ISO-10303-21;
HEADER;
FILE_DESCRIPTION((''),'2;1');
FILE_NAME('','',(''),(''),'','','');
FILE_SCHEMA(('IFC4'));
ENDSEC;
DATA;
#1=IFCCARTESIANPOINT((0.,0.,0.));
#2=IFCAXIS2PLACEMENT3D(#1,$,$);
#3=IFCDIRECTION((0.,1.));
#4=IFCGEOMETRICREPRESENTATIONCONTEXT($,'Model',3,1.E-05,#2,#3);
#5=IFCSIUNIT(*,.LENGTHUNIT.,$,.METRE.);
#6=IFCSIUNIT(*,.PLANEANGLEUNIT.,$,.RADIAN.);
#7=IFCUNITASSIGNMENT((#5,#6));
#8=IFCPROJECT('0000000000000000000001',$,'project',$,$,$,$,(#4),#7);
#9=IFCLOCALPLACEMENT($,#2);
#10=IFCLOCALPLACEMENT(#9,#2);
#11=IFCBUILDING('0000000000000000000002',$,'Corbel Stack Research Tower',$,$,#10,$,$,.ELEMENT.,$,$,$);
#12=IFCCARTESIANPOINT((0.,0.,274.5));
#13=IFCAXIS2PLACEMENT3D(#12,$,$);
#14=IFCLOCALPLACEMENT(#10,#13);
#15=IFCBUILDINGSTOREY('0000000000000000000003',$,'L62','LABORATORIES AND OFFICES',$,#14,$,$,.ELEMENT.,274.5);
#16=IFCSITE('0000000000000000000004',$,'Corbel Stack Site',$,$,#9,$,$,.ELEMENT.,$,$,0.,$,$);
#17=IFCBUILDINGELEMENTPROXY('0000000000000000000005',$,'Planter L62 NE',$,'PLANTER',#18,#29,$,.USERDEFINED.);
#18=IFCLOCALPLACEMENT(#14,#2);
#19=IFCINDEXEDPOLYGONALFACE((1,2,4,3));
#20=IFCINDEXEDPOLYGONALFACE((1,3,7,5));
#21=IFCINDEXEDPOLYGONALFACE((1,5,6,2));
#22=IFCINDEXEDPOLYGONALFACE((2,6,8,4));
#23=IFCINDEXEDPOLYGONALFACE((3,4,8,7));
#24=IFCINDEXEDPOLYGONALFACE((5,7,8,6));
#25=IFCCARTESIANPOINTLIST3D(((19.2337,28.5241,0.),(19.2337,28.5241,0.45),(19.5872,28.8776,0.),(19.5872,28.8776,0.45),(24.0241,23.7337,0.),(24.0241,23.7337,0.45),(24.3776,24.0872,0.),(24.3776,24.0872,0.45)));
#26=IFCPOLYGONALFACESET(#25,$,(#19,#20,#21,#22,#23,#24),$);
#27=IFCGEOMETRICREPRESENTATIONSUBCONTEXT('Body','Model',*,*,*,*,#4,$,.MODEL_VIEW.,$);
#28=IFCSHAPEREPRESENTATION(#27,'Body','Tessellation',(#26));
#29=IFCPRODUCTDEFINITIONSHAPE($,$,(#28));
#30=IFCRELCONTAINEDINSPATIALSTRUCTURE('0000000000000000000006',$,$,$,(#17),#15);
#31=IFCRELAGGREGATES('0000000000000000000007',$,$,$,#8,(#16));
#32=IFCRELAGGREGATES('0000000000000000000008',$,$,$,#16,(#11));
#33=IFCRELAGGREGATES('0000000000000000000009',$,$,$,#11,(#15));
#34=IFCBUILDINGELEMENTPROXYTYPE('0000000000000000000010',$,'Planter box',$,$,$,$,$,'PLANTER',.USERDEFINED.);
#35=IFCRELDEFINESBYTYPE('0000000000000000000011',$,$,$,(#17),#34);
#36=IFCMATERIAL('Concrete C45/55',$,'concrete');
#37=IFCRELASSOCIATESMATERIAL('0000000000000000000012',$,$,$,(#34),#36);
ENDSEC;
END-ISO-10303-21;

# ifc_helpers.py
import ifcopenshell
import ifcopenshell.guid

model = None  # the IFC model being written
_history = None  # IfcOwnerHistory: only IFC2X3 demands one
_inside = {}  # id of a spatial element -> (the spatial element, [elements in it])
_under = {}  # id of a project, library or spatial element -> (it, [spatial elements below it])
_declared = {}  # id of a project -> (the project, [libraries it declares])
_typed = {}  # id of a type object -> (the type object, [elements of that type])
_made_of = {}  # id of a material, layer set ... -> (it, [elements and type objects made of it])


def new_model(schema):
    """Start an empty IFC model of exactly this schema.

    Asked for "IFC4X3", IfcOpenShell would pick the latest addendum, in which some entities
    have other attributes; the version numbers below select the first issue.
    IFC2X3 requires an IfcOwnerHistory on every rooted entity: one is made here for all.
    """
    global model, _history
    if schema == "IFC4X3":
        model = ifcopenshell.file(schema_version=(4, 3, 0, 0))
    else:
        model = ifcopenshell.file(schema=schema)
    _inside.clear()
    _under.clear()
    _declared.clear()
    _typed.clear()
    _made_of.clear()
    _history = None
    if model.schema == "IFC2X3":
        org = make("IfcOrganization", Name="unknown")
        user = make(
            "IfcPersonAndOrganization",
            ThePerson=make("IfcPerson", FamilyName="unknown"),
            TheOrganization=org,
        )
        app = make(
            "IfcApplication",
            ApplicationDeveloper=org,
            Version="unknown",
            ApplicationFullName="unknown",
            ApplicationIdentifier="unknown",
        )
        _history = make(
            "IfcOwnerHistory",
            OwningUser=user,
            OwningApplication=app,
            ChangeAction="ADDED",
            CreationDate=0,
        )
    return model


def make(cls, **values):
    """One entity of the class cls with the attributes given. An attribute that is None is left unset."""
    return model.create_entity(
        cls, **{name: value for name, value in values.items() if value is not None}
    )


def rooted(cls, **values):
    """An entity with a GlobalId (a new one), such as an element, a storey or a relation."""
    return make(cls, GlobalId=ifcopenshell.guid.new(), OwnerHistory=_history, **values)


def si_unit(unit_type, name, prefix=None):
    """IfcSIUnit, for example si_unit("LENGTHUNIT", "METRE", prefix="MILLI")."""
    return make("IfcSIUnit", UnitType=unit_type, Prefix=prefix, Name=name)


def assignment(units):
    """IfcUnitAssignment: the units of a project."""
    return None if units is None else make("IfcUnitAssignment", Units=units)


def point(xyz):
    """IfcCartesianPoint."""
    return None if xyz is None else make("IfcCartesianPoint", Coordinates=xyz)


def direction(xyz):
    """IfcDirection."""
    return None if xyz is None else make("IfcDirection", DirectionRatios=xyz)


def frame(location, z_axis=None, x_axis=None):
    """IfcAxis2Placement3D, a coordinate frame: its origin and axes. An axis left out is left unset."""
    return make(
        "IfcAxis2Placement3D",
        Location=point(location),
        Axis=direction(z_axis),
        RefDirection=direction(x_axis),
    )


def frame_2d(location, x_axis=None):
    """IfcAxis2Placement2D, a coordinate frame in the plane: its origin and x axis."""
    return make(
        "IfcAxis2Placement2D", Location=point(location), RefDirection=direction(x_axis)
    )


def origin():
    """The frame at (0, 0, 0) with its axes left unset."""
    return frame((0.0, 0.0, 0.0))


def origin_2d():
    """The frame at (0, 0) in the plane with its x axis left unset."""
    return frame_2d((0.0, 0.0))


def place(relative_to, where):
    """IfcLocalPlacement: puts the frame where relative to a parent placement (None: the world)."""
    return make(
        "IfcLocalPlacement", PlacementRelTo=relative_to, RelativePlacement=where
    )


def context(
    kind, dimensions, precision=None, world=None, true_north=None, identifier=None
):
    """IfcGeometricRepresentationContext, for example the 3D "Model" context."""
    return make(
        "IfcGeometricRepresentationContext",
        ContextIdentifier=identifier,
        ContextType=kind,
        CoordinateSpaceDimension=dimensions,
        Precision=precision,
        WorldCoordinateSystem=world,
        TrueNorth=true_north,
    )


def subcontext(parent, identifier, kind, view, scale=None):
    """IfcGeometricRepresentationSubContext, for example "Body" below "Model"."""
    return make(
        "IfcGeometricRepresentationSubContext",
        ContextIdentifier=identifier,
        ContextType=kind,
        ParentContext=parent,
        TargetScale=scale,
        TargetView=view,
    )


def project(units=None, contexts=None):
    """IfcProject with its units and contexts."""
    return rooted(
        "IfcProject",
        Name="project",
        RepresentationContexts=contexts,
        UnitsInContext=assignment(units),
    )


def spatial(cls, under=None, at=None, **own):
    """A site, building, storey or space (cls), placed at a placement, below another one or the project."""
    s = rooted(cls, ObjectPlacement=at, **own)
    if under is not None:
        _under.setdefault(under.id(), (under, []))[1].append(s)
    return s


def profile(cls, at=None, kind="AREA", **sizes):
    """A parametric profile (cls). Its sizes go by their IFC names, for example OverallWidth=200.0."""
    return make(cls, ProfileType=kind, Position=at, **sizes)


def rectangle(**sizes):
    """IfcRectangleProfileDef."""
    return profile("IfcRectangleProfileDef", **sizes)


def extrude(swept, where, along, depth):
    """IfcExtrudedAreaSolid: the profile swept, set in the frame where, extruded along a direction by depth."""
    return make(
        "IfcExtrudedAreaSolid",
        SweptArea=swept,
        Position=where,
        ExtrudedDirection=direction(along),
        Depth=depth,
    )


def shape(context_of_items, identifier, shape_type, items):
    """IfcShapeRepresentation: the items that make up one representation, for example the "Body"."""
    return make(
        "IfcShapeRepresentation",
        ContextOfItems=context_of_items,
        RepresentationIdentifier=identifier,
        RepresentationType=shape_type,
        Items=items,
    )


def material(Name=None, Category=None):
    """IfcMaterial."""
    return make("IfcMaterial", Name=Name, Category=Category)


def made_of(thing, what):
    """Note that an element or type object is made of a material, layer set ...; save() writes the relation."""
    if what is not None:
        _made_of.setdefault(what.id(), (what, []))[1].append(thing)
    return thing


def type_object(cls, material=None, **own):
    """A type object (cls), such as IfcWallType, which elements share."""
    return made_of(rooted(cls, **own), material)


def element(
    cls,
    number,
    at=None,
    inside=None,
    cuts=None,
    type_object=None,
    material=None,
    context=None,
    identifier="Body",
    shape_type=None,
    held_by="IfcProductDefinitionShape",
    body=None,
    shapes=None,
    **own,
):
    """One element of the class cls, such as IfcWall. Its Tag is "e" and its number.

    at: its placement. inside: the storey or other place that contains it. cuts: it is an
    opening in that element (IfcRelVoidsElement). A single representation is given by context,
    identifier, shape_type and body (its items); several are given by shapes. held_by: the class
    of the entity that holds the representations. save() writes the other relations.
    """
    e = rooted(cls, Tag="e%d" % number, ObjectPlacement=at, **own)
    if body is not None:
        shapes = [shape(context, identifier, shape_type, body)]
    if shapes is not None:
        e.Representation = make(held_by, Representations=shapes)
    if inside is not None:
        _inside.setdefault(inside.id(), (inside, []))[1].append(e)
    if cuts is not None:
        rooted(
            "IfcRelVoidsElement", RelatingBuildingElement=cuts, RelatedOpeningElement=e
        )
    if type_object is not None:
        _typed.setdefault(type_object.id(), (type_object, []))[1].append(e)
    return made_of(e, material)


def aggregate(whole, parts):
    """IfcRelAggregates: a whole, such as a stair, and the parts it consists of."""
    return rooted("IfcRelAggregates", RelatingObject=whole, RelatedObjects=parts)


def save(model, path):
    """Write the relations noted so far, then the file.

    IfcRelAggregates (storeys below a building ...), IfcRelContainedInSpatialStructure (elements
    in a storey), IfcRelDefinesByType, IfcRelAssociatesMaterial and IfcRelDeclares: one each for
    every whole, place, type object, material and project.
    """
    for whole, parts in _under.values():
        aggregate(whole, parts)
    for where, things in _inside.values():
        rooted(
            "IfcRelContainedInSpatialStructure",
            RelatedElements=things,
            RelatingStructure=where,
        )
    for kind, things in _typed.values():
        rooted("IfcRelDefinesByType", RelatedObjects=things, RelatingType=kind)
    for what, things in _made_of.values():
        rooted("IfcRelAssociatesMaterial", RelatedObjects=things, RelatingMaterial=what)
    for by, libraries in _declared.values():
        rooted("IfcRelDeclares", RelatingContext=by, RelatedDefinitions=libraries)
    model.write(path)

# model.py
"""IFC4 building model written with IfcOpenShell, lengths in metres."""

from ifc_helpers import new_model, si_unit, direction, frame, origin, origin_2d, place, context, subcontext, project, spatial, rectangle, extrude, material, type_object, element, save


model = new_model("IFC4")

# Units and contexts
model_context = context("Model", 3, precision=1e-05, world=origin(), true_north=direction((0.0, 1.0)))
body_context = subcontext(model_context, "Body", "Model", "MODEL_VIEW")
ifc_project = project(units=[si_unit("LENGTHUNIT", "METRE"), si_unit("PLANEANGLEUNIT", "RADIAN")], contexts=[model_context])

# Site, building, storey
site_placement = place(None, origin())
site = spatial("IfcSite", under=ifc_project, at=site_placement, Name="Corbel Stack Site", CompositionType="ELEMENT", RefElevation=0.0)
building_placement = place(site_placement, origin())
building = spatial("IfcBuilding", under=site, at=building_placement, Name="Corbel Stack Research Tower", CompositionType="ELEMENT")
storey_placement = place(building_placement, frame((0.0, 0.0, 274.5)))
storey = spatial("IfcBuildingStorey", under=building, at=storey_placement, Name="L62", Description="LABORATORIES AND OFFICES", CompositionType="ELEMENT", Elevation=274.5)

# Building element proxy
ifc_material_1 = material(Name="Concrete C45/55", Category="concrete")
building_element_proxy_type = type_object("IfcBuildingElementProxyType", Name="Planter box", ElementType="PLANTER", PredefinedType="USERDEFINED", material=ifc_material_1)
proxy_placement = place(storey_placement, frame((21.8057, 26.3057, 0.0), z_axis=(0.0, 0.0, 1.0), x_axis=(-0.707107, 0.707107, 0.0)))
element("IfcBuildingElementProxy", 1, at=proxy_placement, inside=storey, type_object=building_element_proxy_type, Name="Planter L62 NE", ObjectType="PLANTER", PredefinedType="USERDEFINED", context=body_context, shape_type="SweptSolid", body=[
    extrude(rectangle(XDim=6.7747, YDim=0.5, at=origin_2d()), origin(), (0.0, 0.0, 1.0), 0.45),
])

save(model, "model.ifc")
